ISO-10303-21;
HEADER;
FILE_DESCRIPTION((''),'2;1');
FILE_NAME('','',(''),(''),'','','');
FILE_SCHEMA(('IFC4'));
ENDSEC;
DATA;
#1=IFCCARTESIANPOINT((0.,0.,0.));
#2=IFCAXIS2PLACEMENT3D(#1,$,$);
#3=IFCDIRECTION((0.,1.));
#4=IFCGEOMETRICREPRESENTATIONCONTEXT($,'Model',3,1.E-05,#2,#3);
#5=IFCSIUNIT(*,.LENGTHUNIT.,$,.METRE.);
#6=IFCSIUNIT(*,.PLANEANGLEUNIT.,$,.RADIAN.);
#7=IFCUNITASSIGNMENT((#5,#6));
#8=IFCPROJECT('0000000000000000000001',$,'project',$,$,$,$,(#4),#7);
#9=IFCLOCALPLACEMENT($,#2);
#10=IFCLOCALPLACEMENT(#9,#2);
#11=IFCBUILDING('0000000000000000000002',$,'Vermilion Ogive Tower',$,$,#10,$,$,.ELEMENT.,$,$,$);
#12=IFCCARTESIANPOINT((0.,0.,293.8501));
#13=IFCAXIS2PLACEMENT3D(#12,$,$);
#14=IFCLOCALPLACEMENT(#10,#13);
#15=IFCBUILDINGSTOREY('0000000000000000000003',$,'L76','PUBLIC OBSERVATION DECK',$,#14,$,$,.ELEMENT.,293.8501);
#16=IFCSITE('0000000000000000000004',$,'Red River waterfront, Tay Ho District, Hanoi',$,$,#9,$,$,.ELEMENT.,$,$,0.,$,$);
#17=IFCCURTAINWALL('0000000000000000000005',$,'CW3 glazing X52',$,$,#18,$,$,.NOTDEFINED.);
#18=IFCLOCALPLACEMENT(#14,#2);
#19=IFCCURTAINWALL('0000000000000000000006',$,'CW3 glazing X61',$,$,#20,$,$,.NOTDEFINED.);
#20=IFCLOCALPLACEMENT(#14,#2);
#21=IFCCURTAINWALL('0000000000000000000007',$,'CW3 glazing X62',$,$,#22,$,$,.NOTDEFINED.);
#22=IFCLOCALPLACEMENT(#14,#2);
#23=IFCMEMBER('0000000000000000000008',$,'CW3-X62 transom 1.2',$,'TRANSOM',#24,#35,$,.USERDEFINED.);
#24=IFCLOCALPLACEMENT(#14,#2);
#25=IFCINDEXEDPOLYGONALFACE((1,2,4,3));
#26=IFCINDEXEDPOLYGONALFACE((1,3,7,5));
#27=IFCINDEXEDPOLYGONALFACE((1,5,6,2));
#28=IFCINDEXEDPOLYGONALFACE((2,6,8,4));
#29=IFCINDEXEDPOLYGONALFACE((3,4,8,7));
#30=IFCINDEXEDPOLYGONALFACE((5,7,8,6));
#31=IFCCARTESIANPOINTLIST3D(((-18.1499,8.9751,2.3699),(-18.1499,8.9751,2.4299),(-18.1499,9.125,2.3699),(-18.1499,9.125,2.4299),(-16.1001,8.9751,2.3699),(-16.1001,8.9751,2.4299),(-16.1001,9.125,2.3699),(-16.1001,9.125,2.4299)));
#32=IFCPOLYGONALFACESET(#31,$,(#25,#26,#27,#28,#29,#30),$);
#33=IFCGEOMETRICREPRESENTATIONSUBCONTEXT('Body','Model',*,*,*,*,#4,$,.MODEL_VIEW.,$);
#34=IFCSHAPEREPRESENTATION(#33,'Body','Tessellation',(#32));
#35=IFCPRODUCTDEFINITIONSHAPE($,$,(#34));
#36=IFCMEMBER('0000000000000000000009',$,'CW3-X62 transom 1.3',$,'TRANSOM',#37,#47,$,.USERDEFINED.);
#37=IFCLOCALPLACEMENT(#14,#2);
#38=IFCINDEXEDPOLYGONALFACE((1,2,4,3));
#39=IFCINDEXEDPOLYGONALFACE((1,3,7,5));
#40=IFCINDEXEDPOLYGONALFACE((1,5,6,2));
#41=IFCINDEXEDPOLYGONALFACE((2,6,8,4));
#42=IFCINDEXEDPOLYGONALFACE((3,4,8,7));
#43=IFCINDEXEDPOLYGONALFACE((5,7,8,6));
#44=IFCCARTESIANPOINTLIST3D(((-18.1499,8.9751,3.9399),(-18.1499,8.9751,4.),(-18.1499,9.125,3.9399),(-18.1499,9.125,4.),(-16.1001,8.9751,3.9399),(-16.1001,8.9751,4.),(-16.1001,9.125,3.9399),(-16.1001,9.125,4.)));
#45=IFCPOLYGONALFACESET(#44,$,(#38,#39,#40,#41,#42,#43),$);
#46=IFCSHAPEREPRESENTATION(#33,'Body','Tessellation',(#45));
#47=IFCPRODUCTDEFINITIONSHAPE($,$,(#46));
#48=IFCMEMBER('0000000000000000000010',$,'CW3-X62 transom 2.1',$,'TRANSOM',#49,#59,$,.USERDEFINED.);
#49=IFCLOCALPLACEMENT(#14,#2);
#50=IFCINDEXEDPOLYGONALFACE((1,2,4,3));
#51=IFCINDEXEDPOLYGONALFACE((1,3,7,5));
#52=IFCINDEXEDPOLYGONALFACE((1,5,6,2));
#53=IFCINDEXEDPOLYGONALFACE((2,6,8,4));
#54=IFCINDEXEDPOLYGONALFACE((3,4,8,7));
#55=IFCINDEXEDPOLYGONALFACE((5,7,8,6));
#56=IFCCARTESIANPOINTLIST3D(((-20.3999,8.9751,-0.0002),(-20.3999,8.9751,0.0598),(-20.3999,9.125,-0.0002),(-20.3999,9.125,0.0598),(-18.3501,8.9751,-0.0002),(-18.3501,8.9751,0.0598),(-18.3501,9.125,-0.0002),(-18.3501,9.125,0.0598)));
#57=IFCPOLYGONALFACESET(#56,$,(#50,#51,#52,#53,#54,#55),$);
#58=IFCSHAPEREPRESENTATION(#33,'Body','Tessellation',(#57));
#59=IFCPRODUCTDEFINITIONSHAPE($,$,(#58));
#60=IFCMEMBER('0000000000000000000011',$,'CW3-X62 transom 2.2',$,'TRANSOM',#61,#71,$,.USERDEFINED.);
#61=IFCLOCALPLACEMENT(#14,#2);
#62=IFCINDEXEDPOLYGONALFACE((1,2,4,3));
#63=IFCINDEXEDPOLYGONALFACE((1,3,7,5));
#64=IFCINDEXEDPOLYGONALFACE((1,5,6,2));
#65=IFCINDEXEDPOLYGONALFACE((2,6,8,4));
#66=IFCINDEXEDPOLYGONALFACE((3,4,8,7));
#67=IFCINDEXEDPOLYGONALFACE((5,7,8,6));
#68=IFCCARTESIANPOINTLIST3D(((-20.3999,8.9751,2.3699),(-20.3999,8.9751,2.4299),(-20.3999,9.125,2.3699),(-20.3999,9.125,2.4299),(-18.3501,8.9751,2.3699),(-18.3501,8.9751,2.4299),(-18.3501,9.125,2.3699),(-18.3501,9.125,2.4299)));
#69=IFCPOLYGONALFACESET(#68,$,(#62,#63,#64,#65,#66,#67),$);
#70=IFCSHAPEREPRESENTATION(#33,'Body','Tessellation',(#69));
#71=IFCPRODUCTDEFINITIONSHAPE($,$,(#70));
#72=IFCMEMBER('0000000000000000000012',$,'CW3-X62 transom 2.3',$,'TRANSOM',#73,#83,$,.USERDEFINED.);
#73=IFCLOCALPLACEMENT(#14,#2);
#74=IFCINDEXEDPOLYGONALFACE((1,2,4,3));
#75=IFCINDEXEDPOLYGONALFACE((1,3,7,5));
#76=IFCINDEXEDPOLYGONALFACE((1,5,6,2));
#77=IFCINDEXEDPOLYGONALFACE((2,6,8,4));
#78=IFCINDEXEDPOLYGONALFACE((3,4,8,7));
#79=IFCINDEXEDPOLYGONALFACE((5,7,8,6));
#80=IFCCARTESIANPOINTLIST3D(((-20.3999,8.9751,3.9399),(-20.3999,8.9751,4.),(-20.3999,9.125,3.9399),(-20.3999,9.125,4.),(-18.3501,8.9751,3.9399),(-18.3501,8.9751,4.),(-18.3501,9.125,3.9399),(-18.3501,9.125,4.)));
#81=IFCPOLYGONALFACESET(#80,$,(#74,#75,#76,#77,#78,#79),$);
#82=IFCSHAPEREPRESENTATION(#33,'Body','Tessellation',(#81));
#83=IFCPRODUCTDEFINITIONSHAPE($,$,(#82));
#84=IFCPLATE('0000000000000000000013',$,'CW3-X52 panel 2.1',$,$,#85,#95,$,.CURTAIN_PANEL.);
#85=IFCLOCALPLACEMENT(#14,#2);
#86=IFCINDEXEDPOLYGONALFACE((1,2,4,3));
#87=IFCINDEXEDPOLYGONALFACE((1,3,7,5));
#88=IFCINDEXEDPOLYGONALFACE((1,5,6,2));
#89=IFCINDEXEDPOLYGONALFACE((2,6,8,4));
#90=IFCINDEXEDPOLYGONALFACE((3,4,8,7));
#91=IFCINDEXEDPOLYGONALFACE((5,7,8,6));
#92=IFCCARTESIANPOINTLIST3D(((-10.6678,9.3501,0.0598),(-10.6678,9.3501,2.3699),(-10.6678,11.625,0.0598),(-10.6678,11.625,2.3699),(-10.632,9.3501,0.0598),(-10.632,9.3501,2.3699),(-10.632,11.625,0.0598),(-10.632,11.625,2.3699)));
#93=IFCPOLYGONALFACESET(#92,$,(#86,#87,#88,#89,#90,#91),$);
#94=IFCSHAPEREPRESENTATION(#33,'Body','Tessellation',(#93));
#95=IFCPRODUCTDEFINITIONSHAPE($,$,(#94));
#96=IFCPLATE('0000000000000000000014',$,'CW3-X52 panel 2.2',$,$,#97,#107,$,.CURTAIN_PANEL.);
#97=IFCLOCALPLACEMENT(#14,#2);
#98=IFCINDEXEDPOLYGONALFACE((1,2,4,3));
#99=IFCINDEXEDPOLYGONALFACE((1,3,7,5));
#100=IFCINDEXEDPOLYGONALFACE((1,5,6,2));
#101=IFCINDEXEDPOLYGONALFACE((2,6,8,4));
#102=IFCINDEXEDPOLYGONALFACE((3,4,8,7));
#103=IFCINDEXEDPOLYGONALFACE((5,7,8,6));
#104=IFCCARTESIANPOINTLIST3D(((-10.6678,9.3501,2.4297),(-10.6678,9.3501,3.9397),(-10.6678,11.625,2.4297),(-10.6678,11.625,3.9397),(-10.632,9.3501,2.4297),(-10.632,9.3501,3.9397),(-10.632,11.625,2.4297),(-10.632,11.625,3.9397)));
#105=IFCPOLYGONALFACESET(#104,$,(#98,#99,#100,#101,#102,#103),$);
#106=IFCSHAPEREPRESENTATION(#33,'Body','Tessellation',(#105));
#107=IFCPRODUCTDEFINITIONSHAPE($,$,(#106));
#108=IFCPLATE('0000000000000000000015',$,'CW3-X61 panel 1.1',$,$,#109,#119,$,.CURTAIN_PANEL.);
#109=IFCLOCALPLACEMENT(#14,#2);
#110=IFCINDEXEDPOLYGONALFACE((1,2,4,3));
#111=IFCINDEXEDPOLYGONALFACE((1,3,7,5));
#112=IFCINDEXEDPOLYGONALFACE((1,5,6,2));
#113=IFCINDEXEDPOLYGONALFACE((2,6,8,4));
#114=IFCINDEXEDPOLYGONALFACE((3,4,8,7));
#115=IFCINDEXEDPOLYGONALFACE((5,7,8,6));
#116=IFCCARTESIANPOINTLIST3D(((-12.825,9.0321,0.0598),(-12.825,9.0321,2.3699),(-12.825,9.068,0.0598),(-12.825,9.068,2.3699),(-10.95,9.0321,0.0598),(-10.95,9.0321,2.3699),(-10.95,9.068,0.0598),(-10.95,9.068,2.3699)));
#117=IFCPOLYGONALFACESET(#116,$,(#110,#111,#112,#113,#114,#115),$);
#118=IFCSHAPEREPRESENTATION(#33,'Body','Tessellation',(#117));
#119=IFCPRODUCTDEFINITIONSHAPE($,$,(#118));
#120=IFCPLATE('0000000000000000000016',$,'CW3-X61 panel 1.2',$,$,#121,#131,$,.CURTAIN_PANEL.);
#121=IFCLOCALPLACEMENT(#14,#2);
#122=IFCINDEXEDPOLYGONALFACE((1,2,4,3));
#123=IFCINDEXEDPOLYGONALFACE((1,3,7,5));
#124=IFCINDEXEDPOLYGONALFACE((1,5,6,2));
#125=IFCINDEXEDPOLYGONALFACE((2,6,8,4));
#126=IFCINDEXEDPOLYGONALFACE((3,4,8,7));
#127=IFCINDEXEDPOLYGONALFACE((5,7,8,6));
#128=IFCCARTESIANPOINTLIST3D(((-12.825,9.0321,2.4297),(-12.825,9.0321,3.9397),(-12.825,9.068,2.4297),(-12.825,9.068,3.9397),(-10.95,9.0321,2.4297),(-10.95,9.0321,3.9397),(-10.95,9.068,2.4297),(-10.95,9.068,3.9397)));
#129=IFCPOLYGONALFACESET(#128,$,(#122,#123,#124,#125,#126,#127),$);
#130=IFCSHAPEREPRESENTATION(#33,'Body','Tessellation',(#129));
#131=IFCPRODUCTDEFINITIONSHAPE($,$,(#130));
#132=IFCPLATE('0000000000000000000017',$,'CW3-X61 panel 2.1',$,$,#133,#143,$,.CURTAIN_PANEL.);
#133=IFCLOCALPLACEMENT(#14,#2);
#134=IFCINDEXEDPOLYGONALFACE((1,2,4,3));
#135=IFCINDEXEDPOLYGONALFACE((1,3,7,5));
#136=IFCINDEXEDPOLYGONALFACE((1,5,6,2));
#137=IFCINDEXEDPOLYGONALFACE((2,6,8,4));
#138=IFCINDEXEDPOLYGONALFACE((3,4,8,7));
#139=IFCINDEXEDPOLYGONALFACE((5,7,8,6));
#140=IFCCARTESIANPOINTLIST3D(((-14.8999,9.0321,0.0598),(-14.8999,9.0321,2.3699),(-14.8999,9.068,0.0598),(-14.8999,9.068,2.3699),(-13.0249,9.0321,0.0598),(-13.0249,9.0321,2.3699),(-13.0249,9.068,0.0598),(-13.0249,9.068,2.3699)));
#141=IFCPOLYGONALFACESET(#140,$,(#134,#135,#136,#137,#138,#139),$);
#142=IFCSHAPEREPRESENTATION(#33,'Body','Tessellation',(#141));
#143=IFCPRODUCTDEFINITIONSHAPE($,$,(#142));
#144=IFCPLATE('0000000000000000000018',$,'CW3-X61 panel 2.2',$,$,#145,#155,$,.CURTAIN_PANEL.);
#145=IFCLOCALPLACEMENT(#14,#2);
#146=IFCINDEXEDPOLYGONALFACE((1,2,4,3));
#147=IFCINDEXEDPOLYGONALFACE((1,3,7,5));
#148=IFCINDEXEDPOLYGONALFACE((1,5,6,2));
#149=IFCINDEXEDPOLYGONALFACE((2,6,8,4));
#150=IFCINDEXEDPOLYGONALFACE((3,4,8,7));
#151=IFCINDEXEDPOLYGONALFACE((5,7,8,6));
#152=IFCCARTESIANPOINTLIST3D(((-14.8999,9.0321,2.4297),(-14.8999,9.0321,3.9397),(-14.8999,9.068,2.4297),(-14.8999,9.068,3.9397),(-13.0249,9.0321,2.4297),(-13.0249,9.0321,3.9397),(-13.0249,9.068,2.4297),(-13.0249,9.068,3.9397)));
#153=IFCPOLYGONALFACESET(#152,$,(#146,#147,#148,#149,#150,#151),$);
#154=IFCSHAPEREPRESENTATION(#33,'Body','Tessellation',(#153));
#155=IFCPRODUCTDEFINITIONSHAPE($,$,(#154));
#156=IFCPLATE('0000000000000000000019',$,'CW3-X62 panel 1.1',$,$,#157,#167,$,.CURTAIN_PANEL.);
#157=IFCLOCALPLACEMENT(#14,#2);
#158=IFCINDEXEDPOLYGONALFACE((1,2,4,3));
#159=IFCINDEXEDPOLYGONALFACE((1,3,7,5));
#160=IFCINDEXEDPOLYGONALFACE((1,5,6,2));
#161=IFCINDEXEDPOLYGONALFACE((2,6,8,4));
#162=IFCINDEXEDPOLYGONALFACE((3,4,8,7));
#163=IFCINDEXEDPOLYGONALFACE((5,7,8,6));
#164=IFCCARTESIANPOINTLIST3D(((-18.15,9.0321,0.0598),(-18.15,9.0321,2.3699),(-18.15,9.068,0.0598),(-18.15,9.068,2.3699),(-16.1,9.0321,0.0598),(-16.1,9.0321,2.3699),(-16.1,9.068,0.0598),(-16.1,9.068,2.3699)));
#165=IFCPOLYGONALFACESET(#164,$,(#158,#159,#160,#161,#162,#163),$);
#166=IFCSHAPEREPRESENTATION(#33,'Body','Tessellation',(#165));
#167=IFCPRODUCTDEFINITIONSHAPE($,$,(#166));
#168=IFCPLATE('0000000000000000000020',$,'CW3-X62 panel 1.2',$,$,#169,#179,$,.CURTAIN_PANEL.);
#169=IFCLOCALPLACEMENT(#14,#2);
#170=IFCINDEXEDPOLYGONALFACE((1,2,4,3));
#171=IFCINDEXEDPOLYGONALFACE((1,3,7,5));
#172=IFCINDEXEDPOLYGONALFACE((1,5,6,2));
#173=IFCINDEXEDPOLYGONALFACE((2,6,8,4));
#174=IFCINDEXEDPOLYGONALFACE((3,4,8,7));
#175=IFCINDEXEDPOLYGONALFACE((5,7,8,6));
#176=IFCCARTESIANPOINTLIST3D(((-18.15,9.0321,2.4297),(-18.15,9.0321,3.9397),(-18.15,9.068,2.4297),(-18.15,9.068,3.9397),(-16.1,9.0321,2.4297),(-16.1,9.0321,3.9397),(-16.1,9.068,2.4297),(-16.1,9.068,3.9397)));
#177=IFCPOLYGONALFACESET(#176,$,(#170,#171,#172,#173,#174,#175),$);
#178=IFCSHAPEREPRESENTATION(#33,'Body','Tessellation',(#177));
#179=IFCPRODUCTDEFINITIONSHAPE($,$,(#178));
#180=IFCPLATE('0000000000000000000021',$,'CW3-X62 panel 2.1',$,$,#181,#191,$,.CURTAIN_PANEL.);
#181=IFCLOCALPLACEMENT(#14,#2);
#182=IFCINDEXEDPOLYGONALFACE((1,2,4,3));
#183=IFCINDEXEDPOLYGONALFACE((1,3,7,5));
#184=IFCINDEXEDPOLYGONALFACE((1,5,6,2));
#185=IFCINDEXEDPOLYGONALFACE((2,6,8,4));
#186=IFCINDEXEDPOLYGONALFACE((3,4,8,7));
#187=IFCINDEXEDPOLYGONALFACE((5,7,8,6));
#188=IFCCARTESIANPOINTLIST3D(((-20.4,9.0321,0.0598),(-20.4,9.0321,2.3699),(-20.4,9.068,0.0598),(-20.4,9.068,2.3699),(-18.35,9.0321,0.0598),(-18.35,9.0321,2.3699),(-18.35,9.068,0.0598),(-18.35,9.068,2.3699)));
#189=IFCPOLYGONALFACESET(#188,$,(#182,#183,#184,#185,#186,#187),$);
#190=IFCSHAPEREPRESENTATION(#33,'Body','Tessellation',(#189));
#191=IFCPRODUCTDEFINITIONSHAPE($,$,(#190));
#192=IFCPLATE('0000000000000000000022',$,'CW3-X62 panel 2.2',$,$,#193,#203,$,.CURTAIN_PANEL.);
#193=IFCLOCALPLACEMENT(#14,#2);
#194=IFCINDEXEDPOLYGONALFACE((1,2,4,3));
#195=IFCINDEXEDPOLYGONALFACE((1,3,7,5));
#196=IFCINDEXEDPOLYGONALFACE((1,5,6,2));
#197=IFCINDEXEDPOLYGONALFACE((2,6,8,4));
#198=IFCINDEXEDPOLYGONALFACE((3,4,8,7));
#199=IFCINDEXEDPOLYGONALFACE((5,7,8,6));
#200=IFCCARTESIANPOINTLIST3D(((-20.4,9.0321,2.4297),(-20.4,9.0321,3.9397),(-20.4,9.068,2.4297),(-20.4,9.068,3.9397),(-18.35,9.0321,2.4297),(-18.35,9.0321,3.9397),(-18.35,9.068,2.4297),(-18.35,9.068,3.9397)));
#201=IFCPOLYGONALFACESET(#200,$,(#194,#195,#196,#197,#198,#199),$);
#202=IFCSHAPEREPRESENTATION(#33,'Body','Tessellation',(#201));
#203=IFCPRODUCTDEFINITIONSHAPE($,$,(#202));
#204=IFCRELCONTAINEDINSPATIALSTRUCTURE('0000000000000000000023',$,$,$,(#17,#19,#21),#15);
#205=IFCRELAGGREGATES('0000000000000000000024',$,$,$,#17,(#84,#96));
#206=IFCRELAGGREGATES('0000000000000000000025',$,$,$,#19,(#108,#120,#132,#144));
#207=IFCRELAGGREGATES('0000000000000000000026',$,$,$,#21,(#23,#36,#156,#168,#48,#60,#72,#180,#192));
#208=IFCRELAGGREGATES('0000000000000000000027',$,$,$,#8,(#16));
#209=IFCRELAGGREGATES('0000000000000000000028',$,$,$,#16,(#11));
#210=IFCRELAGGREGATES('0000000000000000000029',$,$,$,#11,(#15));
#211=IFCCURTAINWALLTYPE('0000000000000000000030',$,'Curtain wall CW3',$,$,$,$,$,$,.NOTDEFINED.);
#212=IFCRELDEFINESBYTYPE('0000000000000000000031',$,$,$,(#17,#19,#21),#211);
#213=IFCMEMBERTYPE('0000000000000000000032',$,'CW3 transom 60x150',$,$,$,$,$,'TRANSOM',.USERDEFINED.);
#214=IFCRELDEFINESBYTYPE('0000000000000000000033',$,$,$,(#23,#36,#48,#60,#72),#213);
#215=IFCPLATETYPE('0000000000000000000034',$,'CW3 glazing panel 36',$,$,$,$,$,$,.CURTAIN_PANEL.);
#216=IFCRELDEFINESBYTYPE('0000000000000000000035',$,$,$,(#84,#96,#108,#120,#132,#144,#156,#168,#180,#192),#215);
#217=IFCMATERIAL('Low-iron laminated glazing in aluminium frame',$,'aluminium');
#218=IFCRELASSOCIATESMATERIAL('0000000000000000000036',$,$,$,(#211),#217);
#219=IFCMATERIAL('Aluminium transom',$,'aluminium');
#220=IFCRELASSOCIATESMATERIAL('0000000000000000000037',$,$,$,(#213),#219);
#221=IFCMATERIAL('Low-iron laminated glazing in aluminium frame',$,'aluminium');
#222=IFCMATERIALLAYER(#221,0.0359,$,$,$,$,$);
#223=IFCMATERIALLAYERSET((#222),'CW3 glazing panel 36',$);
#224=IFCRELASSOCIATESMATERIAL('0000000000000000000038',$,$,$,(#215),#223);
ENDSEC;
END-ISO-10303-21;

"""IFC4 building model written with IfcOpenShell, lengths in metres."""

from ifc_helpers import new_model, si_unit, direction, frame, origin, origin_2d, place, context, subcontext, project, spatial, rectangle, extrude, material, layer, layer_set, material_profile, profile_set, type_object, element, aggregate, save


model = new_model("IFC4")

# Units and contexts
model_context = context("Model", 3, precision=1e-05, world=origin(), true_north=direction((0.0, 1.0)))
body_context = subcontext(model_context, "Body", "Model", "MODEL_VIEW")
ifc_project = project(units=[si_unit("LENGTHUNIT", "METRE"), si_unit("PLANEANGLEUNIT", "RADIAN")], contexts=[model_context])

# Site, building, storey
site_placement = place(None, origin())
site = spatial("IfcSite", under=ifc_project, at=site_placement, Name="Red River waterfront, Tay Ho District, Hanoi", CompositionType="ELEMENT", RefElevation=0.0)
building_placement = place(site_placement, origin())
building = spatial("IfcBuilding", under=site, at=building_placement, Name="Vermilion Ogive Tower", CompositionType="ELEMENT")
storey_placement = place(building_placement, frame((0.0, 0.0, 293.8501)))
storey = spatial("IfcBuildingStorey", under=building, at=storey_placement, Name="L76", Description="PUBLIC OBSERVATION DECK", CompositionType="ELEMENT", Elevation=293.8501)

# Curtain wall
ifc_material_1 = material(Name="Low-iron laminated glazing in aluminium frame", Category="aluminium")
curtain_wall_type = type_object("IfcCurtainWallType", Name="Curtain wall CW3", PredefinedType="NOTDEFINED", material=ifc_material_1)
curtain_wall_1_placement = place(storey_placement, origin())
curtain_wall_1 = element("IfcCurtainWall", 1, at=curtain_wall_1_placement, inside=storey, type_object=curtain_wall_type, Name="CW3 glazing X52", PredefinedType="NOTDEFINED")

# Curtain walls
curtain_wall_2_placement = place(storey_placement, origin())
curtain_wall_2 = element("IfcCurtainWall", 2, at=curtain_wall_2_placement, inside=storey, type_object=curtain_wall_type, Name="CW3 glazing X61", PredefinedType="NOTDEFINED")
curtain_wall_3_placement = place(storey_placement, origin())
curtain_wall_3 = element("IfcCurtainWall", 3, at=curtain_wall_3_placement, inside=storey, type_object=curtain_wall_type, Name="CW3 glazing X62", PredefinedType="NOTDEFINED")

# Members
ifc_material_2 = material(Name="Aluminium transom", Category="aluminium")
ifc_material_profile_1 = material_profile(ifc_material_2, rectangle(XDim=0.1499, YDim=0.0601, at=origin_2d()), Name="AL 60x150")
ifc_profile_set_1 = profile_set([ifc_material_profile_1], Name="Aluminium transom")
member_type_1 = type_object("IfcMemberType", Name="CW3 transom 60x150", ElementType="TRANSOM", PredefinedType="USERDEFINED", material=ifc_profile_set_1)
member_1_placement = place(storey_placement, frame((-16.1001, 9.05, 2.3999), z_axis=(-1.0, 0.0, 0.0), x_axis=(0.0, -1.0, 0.0)))
member_1 = element("IfcMember", 4, at=member_1_placement, type_object=member_type_1, Name="CW3-X62 transom 1.2", ObjectType="TRANSOM", PredefinedType="USERDEFINED", context=body_context, shape_type="SweptSolid", body=[
    extrude(rectangle(XDim=0.1499, YDim=0.0601, at=origin_2d()), origin(), (0.0, 0.0, 1.0), 2.0498),
])
member_2_placement = place(storey_placement, frame((-16.1001, 9.05, 3.97), z_axis=(-1.0, 0.0, 0.0), x_axis=(0.0, -1.0, 0.0)))
member_2 = element("IfcMember", 5, at=member_2_placement, type_object=member_type_1, Name="CW3-X62 transom 1.3", ObjectType="TRANSOM", PredefinedType="USERDEFINED", context=body_context, shape_type="SweptSolid", body=[
    extrude(rectangle(XDim=0.1499, YDim=0.0601, at=origin_2d()), origin(), (0.0, 0.0, 1.0), 2.0498),
])
member_3_placement = place(storey_placement, frame((-18.3501, 9.05, 0.0298), z_axis=(-1.0, 0.0, 0.0), x_axis=(0.0, -1.0, 0.0)))
member_3 = element("IfcMember", 6, at=member_3_placement, type_object=member_type_1, Name="CW3-X62 transom 2.1", ObjectType="TRANSOM", PredefinedType="USERDEFINED", context=body_context, shape_type="SweptSolid", body=[
    extrude(rectangle(XDim=0.1499, YDim=0.0601, at=origin_2d()), origin(), (0.0, 0.0, 1.0), 2.0498),
])
member_4_placement = place(storey_placement, frame((-18.3501, 9.05, 2.3999), z_axis=(-1.0, 0.0, 0.0), x_axis=(0.0, -1.0, 0.0)))
member_4 = element("IfcMember", 7, at=member_4_placement, type_object=member_type_1, Name="CW3-X62 transom 2.2", ObjectType="TRANSOM", PredefinedType="USERDEFINED", context=body_context, shape_type="SweptSolid", body=[
    extrude(rectangle(XDim=0.1499, YDim=0.0601, at=origin_2d()), origin(), (0.0, 0.0, 1.0), 2.0498),
])
member_5_placement = place(storey_placement, frame((-18.3501, 9.05, 3.97), z_axis=(-1.0, 0.0, 0.0), x_axis=(0.0, -1.0, 0.0)))
member_5 = element("IfcMember", 8, at=member_5_placement, type_object=member_type_1, Name="CW3-X62 transom 2.3", ObjectType="TRANSOM", PredefinedType="USERDEFINED", context=body_context, shape_type="SweptSolid", body=[
    extrude(rectangle(XDim=0.1499, YDim=0.0601, at=origin_2d()), origin(), (0.0, 0.0, 1.0), 2.0498),
])

# Plates
ifc_material_3 = material(Name="Low-iron laminated glazing in aluminium frame", Category="aluminium")
ifc_layer_1 = layer(ifc_material_3, 0.0359)
ifc_layer_set_1 = layer_set([ifc_layer_1], Name="CW3 glazing panel 36")
plate_type = type_object("IfcPlateType", Name="CW3 glazing panel 36", PredefinedType="CURTAIN_PANEL", material=ifc_layer_set_1)
plate_1_placement = place(storey_placement, frame((-10.6499, 10.4875, 0.0598), z_axis=(0.0, 0.0, 1.0), x_axis=(0.0, -1.0, 0.0)))
plate_1 = element("IfcPlate", 9, at=plate_1_placement, type_object=plate_type, Name="CW3-X52 panel 2.1", PredefinedType="CURTAIN_PANEL", context=body_context, shape_type="SweptSolid", body=[
    extrude(rectangle(XDim=2.2749, YDim=0.0359, at=origin_2d()), origin(), (0.0, 0.0, 1.0), 2.3101),
])
plate_2_placement = place(storey_placement, frame((-10.6499, 10.4875, 2.4297), z_axis=(0.0, 0.0, 1.0), x_axis=(0.0, -1.0, 0.0)))
plate_2 = element("IfcPlate", 10, at=plate_2_placement, type_object=plate_type, Name="CW3-X52 panel 2.2", PredefinedType="CURTAIN_PANEL", context=body_context, shape_type="SweptSolid", body=[
    extrude(rectangle(XDim=2.2749, YDim=0.0359, at=origin_2d()), origin(), (0.0, 0.0, 1.0), 1.51),
])
aggregate(curtain_wall_1, [plate_1, plate_2])
plate_3_placement = place(storey_placement, frame((-11.8875, 9.05, 0.0598), z_axis=(0.0, 0.0, 1.0), x_axis=(-1.0, 0.0, 0.0)))
plate_3 = element("IfcPlate", 11, at=plate_3_placement, type_object=plate_type, Name="CW3-X61 panel 1.1", PredefinedType="CURTAIN_PANEL", context=body_context, shape_type="SweptSolid", body=[
    extrude(rectangle(XDim=1.875, YDim=0.0359, at=origin_2d()), origin(), (0.0, 0.0, 1.0), 2.3101),
])
plate_4_placement = place(storey_placement, frame((-11.8875, 9.05, 2.4297), z_axis=(0.0, 0.0, 1.0), x_axis=(-1.0, 0.0, 0.0)))
plate_4 = element("IfcPlate", 12, at=plate_4_placement, type_object=plate_type, Name="CW3-X61 panel 1.2", PredefinedType="CURTAIN_PANEL", context=body_context, shape_type="SweptSolid", body=[
    extrude(rectangle(XDim=1.875, YDim=0.0359, at=origin_2d()), origin(), (0.0, 0.0, 1.0), 1.51),
])
plate_5_placement = place(storey_placement, frame((-13.9624, 9.05, 0.0598), z_axis=(0.0, 0.0, 1.0), x_axis=(-1.0, 0.0, 0.0)))
plate_5 = element("IfcPlate", 13, at=plate_5_placement, type_object=plate_type, Name="CW3-X61 panel 2.1", PredefinedType="CURTAIN_PANEL", context=body_context, shape_type="SweptSolid", body=[
    extrude(rectangle(XDim=1.875, YDim=0.0359, at=origin_2d()), origin(), (0.0, 0.0, 1.0), 2.3101),
])
plate_6_placement = place(storey_placement, frame((-13.9624, 9.05, 2.4297), z_axis=(0.0, 0.0, 1.0), x_axis=(-1.0, 0.0, 0.0)))
plate_6 = element("IfcPlate", 14, at=plate_6_placement, type_object=plate_type, Name="CW3-X61 panel 2.2", PredefinedType="CURTAIN_PANEL", context=body_context, shape_type="SweptSolid", body=[
    extrude(rectangle(XDim=1.875, YDim=0.0359, at=origin_2d()), origin(), (0.0, 0.0, 1.0), 1.51),
])
aggregate(curtain_wall_2, [plate_3, plate_4, plate_5, plate_6])
plate_7_placement = place(storey_placement, frame((-17.125, 9.05, 0.0598), z_axis=(0.0, 0.0, 1.0), x_axis=(-1.0, 0.0, 0.0)))
plate_7 = element("IfcPlate", 15, at=plate_7_placement, type_object=plate_type, Name="CW3-X62 panel 1.1", PredefinedType="CURTAIN_PANEL", context=body_context, shape_type="SweptSolid", body=[
    extrude(rectangle(XDim=2.05, YDim=0.0359, at=origin_2d()), origin(), (0.0, 0.0, 1.0), 2.3101),
])
plate_8_placement = place(storey_placement, frame((-17.125, 9.05, 2.4297), z_axis=(0.0, 0.0, 1.0), x_axis=(-1.0, 0.0, 0.0)))
plate_8 = element("IfcPlate", 16, at=plate_8_placement, type_object=plate_type, Name="CW3-X62 panel 1.2", PredefinedType="CURTAIN_PANEL", context=body_context, shape_type="SweptSolid", body=[
    extrude(rectangle(XDim=2.05, YDim=0.0359, at=origin_2d()), origin(), (0.0, 0.0, 1.0), 1.51),
])
plate_9_placement = place(storey_placement, frame((-19.375, 9.05, 0.0598), z_axis=(0.0, 0.0, 1.0), x_axis=(-1.0, 0.0, 0.0)))
plate_9 = element("IfcPlate", 17, at=plate_9_placement, type_object=plate_type, Name="CW3-X62 panel 2.1", PredefinedType="CURTAIN_PANEL", context=body_context, shape_type="SweptSolid", body=[
    extrude(rectangle(XDim=2.05, YDim=0.0359, at=origin_2d()), origin(), (0.0, 0.0, 1.0), 2.3101),
])
plate_10_placement = place(storey_placement, frame((-19.375, 9.05, 2.4297), z_axis=(0.0, 0.0, 1.0), x_axis=(-1.0, 0.0, 0.0)))
plate_10 = element("IfcPlate", 18, at=plate_10_placement, type_object=plate_type, Name="CW3-X62 panel 2.2", PredefinedType="CURTAIN_PANEL", context=body_context, shape_type="SweptSolid", body=[
    extrude(rectangle(XDim=2.05, YDim=0.0359, at=origin_2d()), origin(), (0.0, 0.0, 1.0), 1.51),
])
aggregate(curtain_wall_3, [member_1, member_2, plate_7, plate_8, member_3, member_4, member_5, plate_9, plate_10])

save(model, "model.ifc")
